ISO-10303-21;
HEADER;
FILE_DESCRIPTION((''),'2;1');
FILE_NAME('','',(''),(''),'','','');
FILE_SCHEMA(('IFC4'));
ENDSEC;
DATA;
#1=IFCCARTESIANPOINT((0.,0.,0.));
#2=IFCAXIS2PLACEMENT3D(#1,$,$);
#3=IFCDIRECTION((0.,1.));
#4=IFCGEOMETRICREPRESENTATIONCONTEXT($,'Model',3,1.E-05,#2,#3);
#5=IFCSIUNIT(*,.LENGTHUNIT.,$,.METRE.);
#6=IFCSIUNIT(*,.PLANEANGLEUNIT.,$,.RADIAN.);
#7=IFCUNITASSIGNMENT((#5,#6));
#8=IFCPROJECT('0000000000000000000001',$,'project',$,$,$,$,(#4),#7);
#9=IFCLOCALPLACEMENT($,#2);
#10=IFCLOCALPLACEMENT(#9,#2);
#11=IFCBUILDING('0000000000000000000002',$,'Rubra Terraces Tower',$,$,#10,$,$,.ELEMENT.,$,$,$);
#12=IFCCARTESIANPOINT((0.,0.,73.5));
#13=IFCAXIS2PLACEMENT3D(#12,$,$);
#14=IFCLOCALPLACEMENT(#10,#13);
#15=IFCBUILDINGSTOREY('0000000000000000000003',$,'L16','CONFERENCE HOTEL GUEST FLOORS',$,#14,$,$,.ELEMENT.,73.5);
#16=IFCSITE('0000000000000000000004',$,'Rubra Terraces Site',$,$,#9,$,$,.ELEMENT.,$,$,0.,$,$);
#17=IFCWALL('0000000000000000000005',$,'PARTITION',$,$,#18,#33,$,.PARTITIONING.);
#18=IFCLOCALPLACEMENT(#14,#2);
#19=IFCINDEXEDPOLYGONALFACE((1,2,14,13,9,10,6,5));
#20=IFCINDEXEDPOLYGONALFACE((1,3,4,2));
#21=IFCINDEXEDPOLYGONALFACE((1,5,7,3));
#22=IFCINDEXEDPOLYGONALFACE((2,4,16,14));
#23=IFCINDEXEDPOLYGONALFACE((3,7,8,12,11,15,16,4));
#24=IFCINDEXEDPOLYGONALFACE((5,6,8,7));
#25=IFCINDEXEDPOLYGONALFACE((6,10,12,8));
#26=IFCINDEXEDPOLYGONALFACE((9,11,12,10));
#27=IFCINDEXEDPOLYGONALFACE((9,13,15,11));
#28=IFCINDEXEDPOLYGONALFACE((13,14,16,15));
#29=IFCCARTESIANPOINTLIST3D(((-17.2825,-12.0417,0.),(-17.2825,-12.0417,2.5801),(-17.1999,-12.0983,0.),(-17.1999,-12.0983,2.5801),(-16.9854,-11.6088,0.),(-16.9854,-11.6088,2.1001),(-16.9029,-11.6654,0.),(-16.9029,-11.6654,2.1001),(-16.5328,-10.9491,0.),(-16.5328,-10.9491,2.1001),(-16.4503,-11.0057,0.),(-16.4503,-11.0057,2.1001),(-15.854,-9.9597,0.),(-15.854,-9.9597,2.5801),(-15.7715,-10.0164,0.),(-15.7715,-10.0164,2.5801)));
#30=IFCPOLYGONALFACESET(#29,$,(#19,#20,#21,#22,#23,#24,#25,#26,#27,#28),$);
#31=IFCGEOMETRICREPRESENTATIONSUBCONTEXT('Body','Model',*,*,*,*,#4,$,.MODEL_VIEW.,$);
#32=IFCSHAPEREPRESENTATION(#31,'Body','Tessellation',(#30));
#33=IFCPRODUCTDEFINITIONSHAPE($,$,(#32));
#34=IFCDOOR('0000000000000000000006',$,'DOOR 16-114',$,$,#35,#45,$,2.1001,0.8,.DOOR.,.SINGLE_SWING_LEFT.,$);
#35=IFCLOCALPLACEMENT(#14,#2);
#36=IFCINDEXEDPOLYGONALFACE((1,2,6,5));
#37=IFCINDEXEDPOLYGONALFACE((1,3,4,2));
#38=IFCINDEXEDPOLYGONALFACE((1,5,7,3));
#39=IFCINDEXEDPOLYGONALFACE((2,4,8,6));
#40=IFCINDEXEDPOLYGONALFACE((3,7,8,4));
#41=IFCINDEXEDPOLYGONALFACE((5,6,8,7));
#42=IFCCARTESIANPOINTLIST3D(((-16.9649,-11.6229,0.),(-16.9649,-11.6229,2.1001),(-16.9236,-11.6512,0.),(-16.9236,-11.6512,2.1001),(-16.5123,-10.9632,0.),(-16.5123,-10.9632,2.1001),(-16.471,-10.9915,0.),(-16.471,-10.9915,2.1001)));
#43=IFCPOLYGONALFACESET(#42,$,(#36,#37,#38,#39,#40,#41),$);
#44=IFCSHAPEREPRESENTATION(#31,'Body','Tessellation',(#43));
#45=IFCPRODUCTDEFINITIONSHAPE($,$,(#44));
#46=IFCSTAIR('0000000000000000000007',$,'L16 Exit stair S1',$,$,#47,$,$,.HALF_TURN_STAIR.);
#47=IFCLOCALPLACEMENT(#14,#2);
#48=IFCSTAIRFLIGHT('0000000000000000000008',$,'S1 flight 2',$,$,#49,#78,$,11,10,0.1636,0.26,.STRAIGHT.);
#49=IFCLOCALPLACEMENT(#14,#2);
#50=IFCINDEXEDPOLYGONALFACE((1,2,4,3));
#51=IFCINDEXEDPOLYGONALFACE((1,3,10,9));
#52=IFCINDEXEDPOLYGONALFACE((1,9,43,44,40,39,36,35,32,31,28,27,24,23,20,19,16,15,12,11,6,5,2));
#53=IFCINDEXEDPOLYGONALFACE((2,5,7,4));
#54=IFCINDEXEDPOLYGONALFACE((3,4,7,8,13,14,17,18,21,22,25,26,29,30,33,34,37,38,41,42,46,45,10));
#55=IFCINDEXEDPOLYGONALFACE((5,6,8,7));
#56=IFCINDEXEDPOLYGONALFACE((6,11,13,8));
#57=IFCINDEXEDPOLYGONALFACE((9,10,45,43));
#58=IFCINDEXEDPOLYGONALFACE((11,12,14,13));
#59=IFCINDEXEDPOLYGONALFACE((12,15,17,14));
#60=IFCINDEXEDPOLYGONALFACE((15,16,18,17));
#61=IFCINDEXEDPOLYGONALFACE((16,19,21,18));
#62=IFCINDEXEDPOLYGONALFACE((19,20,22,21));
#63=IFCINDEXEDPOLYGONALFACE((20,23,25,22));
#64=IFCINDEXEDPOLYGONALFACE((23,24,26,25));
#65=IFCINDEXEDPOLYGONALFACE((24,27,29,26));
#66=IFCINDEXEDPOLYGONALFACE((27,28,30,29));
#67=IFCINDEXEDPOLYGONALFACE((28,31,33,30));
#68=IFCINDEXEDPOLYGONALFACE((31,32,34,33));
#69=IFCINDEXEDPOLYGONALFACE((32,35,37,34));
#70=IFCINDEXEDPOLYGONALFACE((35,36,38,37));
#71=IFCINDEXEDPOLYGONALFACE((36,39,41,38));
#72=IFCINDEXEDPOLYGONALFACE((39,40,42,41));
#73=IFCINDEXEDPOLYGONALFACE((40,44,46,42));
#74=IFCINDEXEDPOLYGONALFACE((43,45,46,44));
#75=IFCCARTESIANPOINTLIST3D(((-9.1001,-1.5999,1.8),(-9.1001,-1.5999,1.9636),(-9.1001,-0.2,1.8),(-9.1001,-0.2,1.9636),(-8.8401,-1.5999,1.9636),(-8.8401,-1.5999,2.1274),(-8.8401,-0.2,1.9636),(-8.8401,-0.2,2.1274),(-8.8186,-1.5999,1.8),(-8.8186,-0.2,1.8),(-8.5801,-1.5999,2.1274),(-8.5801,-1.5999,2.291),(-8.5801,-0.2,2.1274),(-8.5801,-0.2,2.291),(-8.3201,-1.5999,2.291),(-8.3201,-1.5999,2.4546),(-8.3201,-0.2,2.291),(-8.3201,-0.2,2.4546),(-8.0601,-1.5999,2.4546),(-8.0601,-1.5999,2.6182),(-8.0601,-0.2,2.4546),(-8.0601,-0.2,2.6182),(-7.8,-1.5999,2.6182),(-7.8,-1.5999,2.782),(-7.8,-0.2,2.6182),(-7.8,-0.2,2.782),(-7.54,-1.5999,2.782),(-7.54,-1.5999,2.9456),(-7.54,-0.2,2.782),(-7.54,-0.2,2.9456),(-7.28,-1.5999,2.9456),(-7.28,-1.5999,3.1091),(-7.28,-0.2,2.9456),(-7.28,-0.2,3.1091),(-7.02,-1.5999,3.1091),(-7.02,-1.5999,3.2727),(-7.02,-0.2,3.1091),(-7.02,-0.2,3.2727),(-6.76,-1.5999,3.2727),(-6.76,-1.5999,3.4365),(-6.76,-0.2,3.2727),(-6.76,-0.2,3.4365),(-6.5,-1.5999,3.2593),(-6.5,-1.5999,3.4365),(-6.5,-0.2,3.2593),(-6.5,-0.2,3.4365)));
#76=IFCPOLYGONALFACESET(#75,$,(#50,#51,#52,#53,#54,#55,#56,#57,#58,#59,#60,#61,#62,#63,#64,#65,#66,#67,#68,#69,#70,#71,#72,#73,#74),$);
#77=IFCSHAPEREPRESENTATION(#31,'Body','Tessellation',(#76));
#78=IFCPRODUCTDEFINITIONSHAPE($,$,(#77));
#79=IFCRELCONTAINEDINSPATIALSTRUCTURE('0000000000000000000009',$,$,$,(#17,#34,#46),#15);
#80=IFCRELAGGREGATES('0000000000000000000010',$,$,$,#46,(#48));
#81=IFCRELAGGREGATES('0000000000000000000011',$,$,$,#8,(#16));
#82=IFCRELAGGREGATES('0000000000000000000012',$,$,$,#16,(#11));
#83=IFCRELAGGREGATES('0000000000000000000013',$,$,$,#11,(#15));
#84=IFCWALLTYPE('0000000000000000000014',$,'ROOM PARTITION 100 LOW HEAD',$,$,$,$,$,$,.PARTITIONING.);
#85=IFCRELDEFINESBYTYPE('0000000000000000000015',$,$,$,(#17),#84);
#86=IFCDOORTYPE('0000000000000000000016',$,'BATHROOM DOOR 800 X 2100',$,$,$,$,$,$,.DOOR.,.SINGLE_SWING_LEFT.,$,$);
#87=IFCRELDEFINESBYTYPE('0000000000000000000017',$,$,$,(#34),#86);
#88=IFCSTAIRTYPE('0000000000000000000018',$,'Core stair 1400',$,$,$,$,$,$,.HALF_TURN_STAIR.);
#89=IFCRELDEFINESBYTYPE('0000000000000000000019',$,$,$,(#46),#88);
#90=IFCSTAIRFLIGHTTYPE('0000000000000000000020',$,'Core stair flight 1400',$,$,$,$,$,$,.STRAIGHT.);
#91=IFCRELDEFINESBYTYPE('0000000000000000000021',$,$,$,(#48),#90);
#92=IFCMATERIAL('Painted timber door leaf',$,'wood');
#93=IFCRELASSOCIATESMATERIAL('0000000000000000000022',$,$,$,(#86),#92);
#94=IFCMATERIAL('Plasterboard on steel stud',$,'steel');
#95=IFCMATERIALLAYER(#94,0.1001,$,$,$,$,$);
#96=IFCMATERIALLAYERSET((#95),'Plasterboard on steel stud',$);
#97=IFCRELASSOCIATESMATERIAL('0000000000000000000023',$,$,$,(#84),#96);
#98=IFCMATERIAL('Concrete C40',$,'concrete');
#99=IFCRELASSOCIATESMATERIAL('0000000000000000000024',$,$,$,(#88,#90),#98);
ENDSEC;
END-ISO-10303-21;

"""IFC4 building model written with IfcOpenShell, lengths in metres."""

from ifc_helpers import new_model, si_unit, direction, frame, frame_2d, origin, place, context, subcontext, project, spatial, polyline, rectangle, outline, extrude, material, layer, layer_set, type_object, element, fill, aggregate, save


model = new_model("IFC4")

# Units and contexts
model_context = context("Model", 3, precision=1e-05, world=origin(), true_north=direction((0.0, 1.0)))
body_context = subcontext(model_context, "Body", "Model", "MODEL_VIEW")
ifc_project = project(units=[si_unit("LENGTHUNIT", "METRE"), si_unit("PLANEANGLEUNIT", "RADIAN")], contexts=[model_context])

# Site, building, storey
site_placement = place(None, origin())
site = spatial("IfcSite", under=ifc_project, at=site_placement, Name="Rubra Terraces Site", CompositionType="ELEMENT", RefElevation=0.0)
building_placement = place(site_placement, origin())
building = spatial("IfcBuilding", under=site, at=building_placement, Name="Rubra Terraces Tower", CompositionType="ELEMENT")
storey_placement = place(building_placement, frame((0.0, 0.0, 73.5)))
storey = spatial("IfcBuildingStorey", under=building, at=storey_placement, Name="L16", Description="CONFERENCE HOTEL GUEST FLOORS", CompositionType="ELEMENT", Elevation=73.5)

# Shared definitions
ifc_material_1 = material(Name="Painted timber door leaf", Category="wood")

# Wall, opening, door
ifc_material_2 = material(Name="Plasterboard on steel stud", Category="steel")
door_type_1 = type_object("IfcDoorType", Name="BATHROOM DOOR 800 X 2100", OperationType="SINGLE_SWING_LEFT", PredefinedType="DOOR", material=ifc_material_1)
ifc_layer_1 = layer(ifc_material_2, 0.1001)
ifc_layer_set_1 = layer_set([ifc_layer_1], Name="Plasterboard on steel stud")
wall_type_1 = type_object("IfcWallType", Name="ROOM PARTITION 100 LOW HEAD", PredefinedType="PARTITIONING", material=ifc_layer_set_1)
wall_1_placement = place(storey_placement, frame((-15.8127, -9.988, 0.0), z_axis=(0.0, 0.0, 1.0), x_axis=(-0.565741, -0.824583, 0.0)))
wall_1 = element("IfcWall", 1, at=wall_1_placement, inside=storey, type_object=wall_type_1, Name="PARTITION", PredefinedType="PARTITIONING", context=body_context, shape_type="SweptSolid", body=[
    extrude(rectangle(XDim=2.5249, YDim=0.1001, at=frame_2d((1.2625, 0.0))), origin(), (0.0, 0.0, 1.0), 2.5801),
])
opening_1_placement = place(wall_1_placement, frame((1.2, 0.0, 0.0)))
opening_1 = element("IfcOpeningElement", 2, at=opening_1_placement, cuts=wall_1, PredefinedType="OPENING", context=body_context, shape_type="SweptSolid", body=[
    extrude(rectangle(XDim=0.8, YDim=2.1001, at=frame_2d((0.3999, 1.05))), frame((0.0, 0.0601, 0.0), z_axis=(0.0, -1.0, 0.0), x_axis=(1.0, 0.0, 0.0)), (0.0, 0.0, 1.0), 0.1201),
])
door_1_placement = place(opening_1_placement, origin())
door_1 = element("IfcDoor", 3, at=door_1_placement, inside=storey, type_object=door_type_1, Name="DOOR 16-114", OperationType="SINGLE_SWING_LEFT", OverallHeight=2.1001, OverallWidth=0.8, PredefinedType="DOOR", context=body_context, shape_type="SweptSolid", body=[
    extrude(rectangle(XDim=0.8, YDim=2.1001, at=frame_2d((0.3999, 1.05))), frame((0.0, 0.0249, 0.0), z_axis=(0.0, -1.0, 0.0), x_axis=(1.0, 0.0, 0.0)), (0.0, 0.0, 1.0), 0.05),
])
fill(opening_1, door_1)

# Stair, stair flight
ifc_material_3 = material(Name="Concrete C40", Category="concrete")
stair_type = type_object("IfcStairType", Name="Core stair 1400", PredefinedType="HALF_TURN_STAIR", material=ifc_material_3)
stair_placement = place(storey_placement, origin())
stair = element("IfcStair", 4, at=stair_placement, inside=storey, type_object=stair_type, Name="L16 Exit stair S1", PredefinedType="HALF_TURN_STAIR")
stair_flight_type = type_object("IfcStairFlightType", Name="Core stair flight 1400", PredefinedType="STRAIGHT", material=ifc_material_3)
stair_flight_placement = place(storey_placement, frame((-9.1001, -0.8999, 1.8), z_axis=(0.0, 0.0, 1.0), x_axis=(1.0, 0.0, 0.0)))
stair_flight = element("IfcStairFlight", 5, at=stair_flight_placement, type_object=stair_flight_type, Name="S1 flight 2", NumberOfRisers=11, NumberOfTreads=10, PredefinedType="STRAIGHT", RiserHeight=0.1636, TreadLength=0.26, context=body_context, shape_type="SweptSolid", body=[
    extrude(outline(polyline([(0.0, 0.0), (0.0, 0.1636), (0.26, 0.1636), (0.26, 0.3274), (0.52, 0.3274), (0.52, 0.491), (0.78, 0.491), (0.78, 0.6545), (1.04, 0.6545), (1.04, 0.8181), (1.3, 0.8181), (1.3, 0.9819), (1.5601, 0.9819), (1.5601, 1.1455), (1.8201, 1.1455), (1.8201, 1.3091), (2.0801, 1.3091), (2.0801, 1.4727), (2.3401, 1.4727), (2.3401, 1.6365), (2.6001, 1.6365), (2.6001, 1.8), (2.6001, 1.4592), (0.2815, 0.0), (0.0, 0.0)])), frame((0.0, 0.7, 0.0), z_axis=(0.0, -1.0, 0.0), x_axis=(1.0, 0.0, 0.0)), (0.0, 0.0, 1.0), 1.3999),
])
aggregate(stair, [stair_flight])

save(model, "model.ifc")
